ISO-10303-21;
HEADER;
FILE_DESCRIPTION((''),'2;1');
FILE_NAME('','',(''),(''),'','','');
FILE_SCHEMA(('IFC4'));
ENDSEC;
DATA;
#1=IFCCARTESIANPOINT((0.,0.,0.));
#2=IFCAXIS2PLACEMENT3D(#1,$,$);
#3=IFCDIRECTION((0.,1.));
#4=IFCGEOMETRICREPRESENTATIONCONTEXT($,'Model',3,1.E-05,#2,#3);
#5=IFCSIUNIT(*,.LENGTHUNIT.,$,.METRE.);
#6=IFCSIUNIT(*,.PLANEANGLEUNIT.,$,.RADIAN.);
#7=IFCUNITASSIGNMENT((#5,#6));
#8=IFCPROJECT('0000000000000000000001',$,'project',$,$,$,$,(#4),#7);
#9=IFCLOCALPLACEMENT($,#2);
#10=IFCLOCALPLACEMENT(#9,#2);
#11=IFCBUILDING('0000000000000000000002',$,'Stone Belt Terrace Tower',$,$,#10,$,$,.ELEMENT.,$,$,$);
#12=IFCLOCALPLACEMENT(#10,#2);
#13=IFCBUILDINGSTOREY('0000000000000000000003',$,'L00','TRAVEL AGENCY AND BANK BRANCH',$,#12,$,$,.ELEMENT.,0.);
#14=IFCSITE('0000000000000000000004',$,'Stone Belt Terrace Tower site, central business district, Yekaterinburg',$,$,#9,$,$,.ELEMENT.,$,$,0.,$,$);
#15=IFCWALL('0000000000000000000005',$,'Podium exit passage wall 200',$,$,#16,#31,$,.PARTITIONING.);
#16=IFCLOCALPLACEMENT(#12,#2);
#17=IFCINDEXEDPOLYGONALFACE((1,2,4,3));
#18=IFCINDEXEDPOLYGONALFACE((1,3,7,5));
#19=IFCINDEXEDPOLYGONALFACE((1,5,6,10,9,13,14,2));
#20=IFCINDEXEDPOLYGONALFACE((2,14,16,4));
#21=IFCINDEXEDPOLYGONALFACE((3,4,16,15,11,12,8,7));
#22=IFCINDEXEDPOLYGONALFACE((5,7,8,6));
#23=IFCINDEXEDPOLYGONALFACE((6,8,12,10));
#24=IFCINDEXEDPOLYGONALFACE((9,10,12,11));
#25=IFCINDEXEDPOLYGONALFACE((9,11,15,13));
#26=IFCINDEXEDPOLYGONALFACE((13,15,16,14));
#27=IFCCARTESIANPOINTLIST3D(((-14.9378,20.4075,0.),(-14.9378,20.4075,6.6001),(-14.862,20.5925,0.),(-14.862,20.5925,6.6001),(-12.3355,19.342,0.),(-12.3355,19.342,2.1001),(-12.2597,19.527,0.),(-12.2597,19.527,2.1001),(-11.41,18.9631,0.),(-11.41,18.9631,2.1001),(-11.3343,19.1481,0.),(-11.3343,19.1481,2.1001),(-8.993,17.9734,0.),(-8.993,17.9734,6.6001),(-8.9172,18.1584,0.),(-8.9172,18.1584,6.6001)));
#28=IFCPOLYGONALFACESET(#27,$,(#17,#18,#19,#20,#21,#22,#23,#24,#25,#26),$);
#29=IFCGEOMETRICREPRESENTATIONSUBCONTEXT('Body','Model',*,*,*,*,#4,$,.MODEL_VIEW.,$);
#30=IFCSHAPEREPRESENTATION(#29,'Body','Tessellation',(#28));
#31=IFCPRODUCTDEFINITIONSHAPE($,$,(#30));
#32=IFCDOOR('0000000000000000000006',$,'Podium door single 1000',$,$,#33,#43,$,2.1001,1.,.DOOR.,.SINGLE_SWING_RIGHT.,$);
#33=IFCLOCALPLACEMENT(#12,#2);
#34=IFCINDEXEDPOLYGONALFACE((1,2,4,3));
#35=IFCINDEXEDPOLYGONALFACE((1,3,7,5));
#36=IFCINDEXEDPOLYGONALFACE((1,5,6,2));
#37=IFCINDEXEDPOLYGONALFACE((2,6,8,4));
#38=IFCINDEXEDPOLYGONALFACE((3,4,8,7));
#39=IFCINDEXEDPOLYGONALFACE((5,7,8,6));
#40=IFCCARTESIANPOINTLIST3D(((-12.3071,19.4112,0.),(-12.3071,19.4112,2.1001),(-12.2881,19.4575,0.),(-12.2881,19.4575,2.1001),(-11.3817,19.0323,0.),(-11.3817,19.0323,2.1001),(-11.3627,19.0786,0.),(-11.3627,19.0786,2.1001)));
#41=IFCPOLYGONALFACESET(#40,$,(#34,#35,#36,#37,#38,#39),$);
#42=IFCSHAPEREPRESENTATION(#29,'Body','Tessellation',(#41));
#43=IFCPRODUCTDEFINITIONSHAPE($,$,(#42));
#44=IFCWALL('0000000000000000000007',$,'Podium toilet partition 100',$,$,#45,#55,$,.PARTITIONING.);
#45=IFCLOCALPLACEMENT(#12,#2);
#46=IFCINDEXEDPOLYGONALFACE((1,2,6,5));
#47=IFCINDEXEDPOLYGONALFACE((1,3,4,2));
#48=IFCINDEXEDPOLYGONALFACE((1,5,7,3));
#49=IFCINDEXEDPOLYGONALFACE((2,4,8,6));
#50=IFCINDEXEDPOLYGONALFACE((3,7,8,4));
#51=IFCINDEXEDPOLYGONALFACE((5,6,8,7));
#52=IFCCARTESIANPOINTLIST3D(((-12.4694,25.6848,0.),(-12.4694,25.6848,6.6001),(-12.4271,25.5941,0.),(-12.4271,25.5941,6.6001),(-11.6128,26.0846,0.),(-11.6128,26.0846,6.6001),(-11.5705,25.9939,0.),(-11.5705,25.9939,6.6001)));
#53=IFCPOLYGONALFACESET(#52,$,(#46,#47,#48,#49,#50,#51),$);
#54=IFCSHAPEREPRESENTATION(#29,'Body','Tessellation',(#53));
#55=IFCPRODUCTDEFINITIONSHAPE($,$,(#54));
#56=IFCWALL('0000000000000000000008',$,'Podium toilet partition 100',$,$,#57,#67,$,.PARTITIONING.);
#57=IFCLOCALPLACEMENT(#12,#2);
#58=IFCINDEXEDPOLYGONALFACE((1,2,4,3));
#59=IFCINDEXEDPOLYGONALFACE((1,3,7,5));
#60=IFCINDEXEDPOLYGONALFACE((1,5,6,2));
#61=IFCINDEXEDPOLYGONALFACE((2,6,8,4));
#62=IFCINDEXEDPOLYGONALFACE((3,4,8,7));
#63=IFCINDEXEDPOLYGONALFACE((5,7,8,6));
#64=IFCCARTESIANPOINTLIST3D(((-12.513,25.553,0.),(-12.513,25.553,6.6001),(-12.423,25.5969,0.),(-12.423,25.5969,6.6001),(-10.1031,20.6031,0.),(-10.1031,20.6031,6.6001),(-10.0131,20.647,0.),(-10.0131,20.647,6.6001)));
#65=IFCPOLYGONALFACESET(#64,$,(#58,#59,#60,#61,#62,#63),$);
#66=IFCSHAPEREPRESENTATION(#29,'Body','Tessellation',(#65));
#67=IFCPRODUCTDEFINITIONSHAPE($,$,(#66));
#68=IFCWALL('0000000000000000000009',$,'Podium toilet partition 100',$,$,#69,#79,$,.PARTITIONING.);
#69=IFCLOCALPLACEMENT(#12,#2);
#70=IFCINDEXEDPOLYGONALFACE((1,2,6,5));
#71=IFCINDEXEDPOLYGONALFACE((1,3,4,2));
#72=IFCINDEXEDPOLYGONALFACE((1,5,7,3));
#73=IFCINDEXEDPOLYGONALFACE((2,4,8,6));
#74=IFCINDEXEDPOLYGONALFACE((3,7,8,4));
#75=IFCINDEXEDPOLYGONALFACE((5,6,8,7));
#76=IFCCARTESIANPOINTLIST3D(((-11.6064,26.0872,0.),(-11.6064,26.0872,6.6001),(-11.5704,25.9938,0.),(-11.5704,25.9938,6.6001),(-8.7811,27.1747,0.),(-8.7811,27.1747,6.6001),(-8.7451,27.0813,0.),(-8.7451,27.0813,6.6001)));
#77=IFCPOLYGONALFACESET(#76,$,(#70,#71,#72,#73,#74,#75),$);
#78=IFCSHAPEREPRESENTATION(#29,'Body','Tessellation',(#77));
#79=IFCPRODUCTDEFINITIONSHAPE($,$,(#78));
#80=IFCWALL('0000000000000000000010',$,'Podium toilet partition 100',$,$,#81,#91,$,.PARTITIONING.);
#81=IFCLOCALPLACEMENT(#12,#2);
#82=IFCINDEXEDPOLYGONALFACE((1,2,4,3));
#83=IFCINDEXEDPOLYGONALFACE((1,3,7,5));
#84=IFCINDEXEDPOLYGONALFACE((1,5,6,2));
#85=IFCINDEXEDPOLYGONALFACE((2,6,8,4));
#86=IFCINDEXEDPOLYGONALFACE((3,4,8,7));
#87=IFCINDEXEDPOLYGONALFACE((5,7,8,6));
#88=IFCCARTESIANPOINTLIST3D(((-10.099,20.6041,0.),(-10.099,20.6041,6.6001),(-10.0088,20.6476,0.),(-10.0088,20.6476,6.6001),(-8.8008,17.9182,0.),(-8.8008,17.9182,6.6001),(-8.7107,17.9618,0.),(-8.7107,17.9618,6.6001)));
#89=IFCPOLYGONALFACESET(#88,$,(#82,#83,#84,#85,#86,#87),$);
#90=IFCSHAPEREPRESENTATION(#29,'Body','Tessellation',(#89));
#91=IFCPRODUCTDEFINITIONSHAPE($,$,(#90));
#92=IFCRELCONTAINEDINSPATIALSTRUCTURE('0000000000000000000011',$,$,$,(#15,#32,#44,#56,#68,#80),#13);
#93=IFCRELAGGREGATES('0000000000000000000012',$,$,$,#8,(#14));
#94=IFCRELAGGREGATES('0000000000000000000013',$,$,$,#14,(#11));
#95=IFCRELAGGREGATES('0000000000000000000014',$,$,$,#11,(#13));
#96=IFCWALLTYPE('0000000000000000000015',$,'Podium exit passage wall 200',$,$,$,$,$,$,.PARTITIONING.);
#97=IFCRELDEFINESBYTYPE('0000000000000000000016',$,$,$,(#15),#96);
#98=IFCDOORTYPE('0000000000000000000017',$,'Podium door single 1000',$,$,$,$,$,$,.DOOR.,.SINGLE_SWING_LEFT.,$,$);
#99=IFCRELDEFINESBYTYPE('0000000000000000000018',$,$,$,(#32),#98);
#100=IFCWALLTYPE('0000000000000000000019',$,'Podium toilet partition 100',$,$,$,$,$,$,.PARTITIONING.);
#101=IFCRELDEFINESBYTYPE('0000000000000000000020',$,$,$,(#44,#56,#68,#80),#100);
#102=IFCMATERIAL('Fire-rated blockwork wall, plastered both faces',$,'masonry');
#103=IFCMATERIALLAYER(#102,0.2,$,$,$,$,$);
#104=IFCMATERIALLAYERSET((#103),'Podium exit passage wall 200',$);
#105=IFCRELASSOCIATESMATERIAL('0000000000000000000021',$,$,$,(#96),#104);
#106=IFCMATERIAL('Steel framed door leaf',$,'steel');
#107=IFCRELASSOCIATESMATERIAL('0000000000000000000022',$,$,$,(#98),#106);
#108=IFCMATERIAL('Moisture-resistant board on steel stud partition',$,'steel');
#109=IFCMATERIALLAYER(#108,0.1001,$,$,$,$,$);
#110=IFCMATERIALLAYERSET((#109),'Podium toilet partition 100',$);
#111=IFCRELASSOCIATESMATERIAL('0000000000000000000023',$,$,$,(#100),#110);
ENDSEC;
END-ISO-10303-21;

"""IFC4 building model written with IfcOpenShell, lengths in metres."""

from ifc_helpers import new_model, si_unit, direction, frame, frame_2d, origin, place, context, subcontext, project, spatial, rectangle, extrude, material, layer, layer_set, type_object, element, fill, save


model = new_model("IFC4")

# Units and contexts
model_context = context("Model", 3, precision=1e-05, world=origin(), true_north=direction((0.0, 1.0)))
body_context = subcontext(model_context, "Body", "Model", "MODEL_VIEW")
ifc_project = project(units=[si_unit("LENGTHUNIT", "METRE"), si_unit("PLANEANGLEUNIT", "RADIAN")], contexts=[model_context])

# Site, building, storey
site_placement = place(None, origin())
site = spatial("IfcSite", under=ifc_project, at=site_placement, Name="Stone Belt Terrace Tower site, central business district, Yekaterinburg", CompositionType="ELEMENT", RefElevation=0.0)
building_placement = place(site_placement, origin())
building = spatial("IfcBuilding", under=site, at=building_placement, Name="Stone Belt Terrace Tower", CompositionType="ELEMENT")
storey_placement = place(building_placement, origin())
storey = spatial("IfcBuildingStorey", under=building, at=storey_placement, Name="L00", Description="TRAVEL AGENCY AND BANK BRANCH", CompositionType="ELEMENT", Elevation=0.0)

# Shared definitions
ifc_material_1 = material(Name="Fire-rated blockwork wall, plastered both faces", Category="masonry")
ifc_layer_1 = layer(ifc_material_1, 0.2)
ifc_layer_set_1 = layer_set([ifc_layer_1], Name="Podium exit passage wall 200")
wall_type_1 = type_object("IfcWallType", Name="Podium exit passage wall 200", PredefinedType="PARTITIONING", material=ifc_layer_set_1)
ifc_material_2 = material(Name="Steel framed door leaf", Category="steel")
door_type = type_object("IfcDoorType", Name="Podium door single 1000", OperationType="SINGLE_SWING_LEFT", PredefinedType="DOOR", material=ifc_material_2)

# Wall, opening, door
wall_1_placement = place(storey_placement, frame((-14.8999, 20.5, 0.0), z_axis=(0.0, 0.0, 1.0), x_axis=(0.925432, -0.378914, 0.0)))
wall_1 = element("IfcWall", 1, at=wall_1_placement, inside=storey, type_object=wall_type_1, Name="Podium exit passage wall 200", PredefinedType="PARTITIONING", context=body_context, shape_type="SweptSolid", body=[
    extrude(rectangle(XDim=6.4238, YDim=0.2, at=frame_2d((3.2119, 0.0))), origin(), (0.0, 0.0, 1.0), 6.6001),
])
opening_1_placement = place(wall_1_placement, frame((2.812, 0.0, 0.0)))
opening_1 = element("IfcOpeningElement", 2, at=opening_1_placement, cuts=wall_1, PredefinedType="OPENING", context=body_context, shape_type="SweptSolid", body=[
    extrude(rectangle(XDim=1.0, YDim=2.1001, at=frame_2d((0.5, 1.05))), frame((0.0, 0.1099, 0.0), z_axis=(0.0, -1.0, 0.0), x_axis=(1.0, 0.0, 0.0)), (0.0, 0.0, 1.0), 0.22),
])
door_1_placement = place(opening_1_placement, origin())
door_1 = element("IfcDoor", 3, at=door_1_placement, inside=storey, type_object=door_type, Name="Podium door single 1000", OperationType="SINGLE_SWING_RIGHT", OverallHeight=2.1001, OverallWidth=1.0, PredefinedType="DOOR", context=body_context, shape_type="SweptSolid", body=[
    extrude(rectangle(XDim=1.0, YDim=2.1001, at=frame_2d((0.5, 1.05))), frame((0.0, 0.0249, 0.0), z_axis=(0.0, -1.0, 0.0), x_axis=(1.0, 0.0, 0.0)), (0.0, 0.0, 1.0), 0.05),
])
fill(opening_1, door_1)

# Walls
ifc_material_3 = material(Name="Moisture-resistant board on steel stud partition", Category="steel")
ifc_layer_2 = layer(ifc_material_3, 0.1001)
ifc_layer_set_2 = layer_set([ifc_layer_2], Name="Podium toilet partition 100")
wall_type_2 = type_object("IfcWallType", Name="Podium toilet partition 100", PredefinedType="PARTITIONING", material=ifc_layer_set_2)
wall_2_placement = place(storey_placement, frame((-12.4482, 25.6394, 0.0), z_axis=(0.0, 0.0, 1.0), x_axis=(0.906137, 0.422984, 0.0)))
element("IfcWall", 4, at=wall_2_placement, inside=storey, type_object=wall_type_2, Name="Podium toilet partition 100", PredefinedType="PARTITIONING", context=body_context, shape_type="SweptSolid", body=[
    extrude(rectangle(XDim=0.9453, YDim=0.1001, at=frame_2d((0.4727, 0.0))), origin(), (0.0, 0.0, 1.0), 6.6001),
])
wall_3_placement = place(storey_placement, frame((-12.468, 25.575, 0.0), z_axis=(0.0, 0.0, 1.0), x_axis=(0.437734, -0.899104, 0.0)))
element("IfcWall", 5, at=wall_3_placement, inside=storey, type_object=wall_type_2, Name="Podium toilet partition 100", PredefinedType="PARTITIONING", context=body_context, shape_type="SweptSolid", body=[
    extrude(rectangle(XDim=5.5054, YDim=0.1001, at=frame_2d((2.7527, 0.0))), origin(), (0.0, 0.0, 1.0), 6.6001),
])
wall_4_placement = place(storey_placement, frame((-11.5884, 26.0405, 0.0), z_axis=(0.0, 0.0, 1.0), x_axis=(0.933258, 0.359206, 0.0)))
element("IfcWall", 6, at=wall_4_placement, inside=storey, type_object=wall_type_2, Name="Podium toilet partition 100", PredefinedType="PARTITIONING", context=body_context, shape_type="SweptSolid", body=[
    extrude(rectangle(XDim=3.0273, YDim=0.1001, at=frame_2d((1.5137, 0.0))), origin(), (0.0, 0.0, 1.0), 6.6001),
])
wall_5_placement = place(storey_placement, frame((-10.054, 20.626, 0.0), z_axis=(0.0, 0.0, 1.0), x_axis=(0.435159, -0.900354, 0.0)))
element("IfcWall", 7, at=wall_5_placement, inside=storey, type_object=wall_type_2, Name="Podium toilet partition 100", PredefinedType="PARTITIONING", context=body_context, shape_type="SweptSolid", body=[
    extrude(rectangle(XDim=2.9832, YDim=0.1001, at=frame_2d((1.4917, 0.0))), origin(), (0.0, 0.0, 1.0), 6.6001),
])

save(model, "model.ifc")
